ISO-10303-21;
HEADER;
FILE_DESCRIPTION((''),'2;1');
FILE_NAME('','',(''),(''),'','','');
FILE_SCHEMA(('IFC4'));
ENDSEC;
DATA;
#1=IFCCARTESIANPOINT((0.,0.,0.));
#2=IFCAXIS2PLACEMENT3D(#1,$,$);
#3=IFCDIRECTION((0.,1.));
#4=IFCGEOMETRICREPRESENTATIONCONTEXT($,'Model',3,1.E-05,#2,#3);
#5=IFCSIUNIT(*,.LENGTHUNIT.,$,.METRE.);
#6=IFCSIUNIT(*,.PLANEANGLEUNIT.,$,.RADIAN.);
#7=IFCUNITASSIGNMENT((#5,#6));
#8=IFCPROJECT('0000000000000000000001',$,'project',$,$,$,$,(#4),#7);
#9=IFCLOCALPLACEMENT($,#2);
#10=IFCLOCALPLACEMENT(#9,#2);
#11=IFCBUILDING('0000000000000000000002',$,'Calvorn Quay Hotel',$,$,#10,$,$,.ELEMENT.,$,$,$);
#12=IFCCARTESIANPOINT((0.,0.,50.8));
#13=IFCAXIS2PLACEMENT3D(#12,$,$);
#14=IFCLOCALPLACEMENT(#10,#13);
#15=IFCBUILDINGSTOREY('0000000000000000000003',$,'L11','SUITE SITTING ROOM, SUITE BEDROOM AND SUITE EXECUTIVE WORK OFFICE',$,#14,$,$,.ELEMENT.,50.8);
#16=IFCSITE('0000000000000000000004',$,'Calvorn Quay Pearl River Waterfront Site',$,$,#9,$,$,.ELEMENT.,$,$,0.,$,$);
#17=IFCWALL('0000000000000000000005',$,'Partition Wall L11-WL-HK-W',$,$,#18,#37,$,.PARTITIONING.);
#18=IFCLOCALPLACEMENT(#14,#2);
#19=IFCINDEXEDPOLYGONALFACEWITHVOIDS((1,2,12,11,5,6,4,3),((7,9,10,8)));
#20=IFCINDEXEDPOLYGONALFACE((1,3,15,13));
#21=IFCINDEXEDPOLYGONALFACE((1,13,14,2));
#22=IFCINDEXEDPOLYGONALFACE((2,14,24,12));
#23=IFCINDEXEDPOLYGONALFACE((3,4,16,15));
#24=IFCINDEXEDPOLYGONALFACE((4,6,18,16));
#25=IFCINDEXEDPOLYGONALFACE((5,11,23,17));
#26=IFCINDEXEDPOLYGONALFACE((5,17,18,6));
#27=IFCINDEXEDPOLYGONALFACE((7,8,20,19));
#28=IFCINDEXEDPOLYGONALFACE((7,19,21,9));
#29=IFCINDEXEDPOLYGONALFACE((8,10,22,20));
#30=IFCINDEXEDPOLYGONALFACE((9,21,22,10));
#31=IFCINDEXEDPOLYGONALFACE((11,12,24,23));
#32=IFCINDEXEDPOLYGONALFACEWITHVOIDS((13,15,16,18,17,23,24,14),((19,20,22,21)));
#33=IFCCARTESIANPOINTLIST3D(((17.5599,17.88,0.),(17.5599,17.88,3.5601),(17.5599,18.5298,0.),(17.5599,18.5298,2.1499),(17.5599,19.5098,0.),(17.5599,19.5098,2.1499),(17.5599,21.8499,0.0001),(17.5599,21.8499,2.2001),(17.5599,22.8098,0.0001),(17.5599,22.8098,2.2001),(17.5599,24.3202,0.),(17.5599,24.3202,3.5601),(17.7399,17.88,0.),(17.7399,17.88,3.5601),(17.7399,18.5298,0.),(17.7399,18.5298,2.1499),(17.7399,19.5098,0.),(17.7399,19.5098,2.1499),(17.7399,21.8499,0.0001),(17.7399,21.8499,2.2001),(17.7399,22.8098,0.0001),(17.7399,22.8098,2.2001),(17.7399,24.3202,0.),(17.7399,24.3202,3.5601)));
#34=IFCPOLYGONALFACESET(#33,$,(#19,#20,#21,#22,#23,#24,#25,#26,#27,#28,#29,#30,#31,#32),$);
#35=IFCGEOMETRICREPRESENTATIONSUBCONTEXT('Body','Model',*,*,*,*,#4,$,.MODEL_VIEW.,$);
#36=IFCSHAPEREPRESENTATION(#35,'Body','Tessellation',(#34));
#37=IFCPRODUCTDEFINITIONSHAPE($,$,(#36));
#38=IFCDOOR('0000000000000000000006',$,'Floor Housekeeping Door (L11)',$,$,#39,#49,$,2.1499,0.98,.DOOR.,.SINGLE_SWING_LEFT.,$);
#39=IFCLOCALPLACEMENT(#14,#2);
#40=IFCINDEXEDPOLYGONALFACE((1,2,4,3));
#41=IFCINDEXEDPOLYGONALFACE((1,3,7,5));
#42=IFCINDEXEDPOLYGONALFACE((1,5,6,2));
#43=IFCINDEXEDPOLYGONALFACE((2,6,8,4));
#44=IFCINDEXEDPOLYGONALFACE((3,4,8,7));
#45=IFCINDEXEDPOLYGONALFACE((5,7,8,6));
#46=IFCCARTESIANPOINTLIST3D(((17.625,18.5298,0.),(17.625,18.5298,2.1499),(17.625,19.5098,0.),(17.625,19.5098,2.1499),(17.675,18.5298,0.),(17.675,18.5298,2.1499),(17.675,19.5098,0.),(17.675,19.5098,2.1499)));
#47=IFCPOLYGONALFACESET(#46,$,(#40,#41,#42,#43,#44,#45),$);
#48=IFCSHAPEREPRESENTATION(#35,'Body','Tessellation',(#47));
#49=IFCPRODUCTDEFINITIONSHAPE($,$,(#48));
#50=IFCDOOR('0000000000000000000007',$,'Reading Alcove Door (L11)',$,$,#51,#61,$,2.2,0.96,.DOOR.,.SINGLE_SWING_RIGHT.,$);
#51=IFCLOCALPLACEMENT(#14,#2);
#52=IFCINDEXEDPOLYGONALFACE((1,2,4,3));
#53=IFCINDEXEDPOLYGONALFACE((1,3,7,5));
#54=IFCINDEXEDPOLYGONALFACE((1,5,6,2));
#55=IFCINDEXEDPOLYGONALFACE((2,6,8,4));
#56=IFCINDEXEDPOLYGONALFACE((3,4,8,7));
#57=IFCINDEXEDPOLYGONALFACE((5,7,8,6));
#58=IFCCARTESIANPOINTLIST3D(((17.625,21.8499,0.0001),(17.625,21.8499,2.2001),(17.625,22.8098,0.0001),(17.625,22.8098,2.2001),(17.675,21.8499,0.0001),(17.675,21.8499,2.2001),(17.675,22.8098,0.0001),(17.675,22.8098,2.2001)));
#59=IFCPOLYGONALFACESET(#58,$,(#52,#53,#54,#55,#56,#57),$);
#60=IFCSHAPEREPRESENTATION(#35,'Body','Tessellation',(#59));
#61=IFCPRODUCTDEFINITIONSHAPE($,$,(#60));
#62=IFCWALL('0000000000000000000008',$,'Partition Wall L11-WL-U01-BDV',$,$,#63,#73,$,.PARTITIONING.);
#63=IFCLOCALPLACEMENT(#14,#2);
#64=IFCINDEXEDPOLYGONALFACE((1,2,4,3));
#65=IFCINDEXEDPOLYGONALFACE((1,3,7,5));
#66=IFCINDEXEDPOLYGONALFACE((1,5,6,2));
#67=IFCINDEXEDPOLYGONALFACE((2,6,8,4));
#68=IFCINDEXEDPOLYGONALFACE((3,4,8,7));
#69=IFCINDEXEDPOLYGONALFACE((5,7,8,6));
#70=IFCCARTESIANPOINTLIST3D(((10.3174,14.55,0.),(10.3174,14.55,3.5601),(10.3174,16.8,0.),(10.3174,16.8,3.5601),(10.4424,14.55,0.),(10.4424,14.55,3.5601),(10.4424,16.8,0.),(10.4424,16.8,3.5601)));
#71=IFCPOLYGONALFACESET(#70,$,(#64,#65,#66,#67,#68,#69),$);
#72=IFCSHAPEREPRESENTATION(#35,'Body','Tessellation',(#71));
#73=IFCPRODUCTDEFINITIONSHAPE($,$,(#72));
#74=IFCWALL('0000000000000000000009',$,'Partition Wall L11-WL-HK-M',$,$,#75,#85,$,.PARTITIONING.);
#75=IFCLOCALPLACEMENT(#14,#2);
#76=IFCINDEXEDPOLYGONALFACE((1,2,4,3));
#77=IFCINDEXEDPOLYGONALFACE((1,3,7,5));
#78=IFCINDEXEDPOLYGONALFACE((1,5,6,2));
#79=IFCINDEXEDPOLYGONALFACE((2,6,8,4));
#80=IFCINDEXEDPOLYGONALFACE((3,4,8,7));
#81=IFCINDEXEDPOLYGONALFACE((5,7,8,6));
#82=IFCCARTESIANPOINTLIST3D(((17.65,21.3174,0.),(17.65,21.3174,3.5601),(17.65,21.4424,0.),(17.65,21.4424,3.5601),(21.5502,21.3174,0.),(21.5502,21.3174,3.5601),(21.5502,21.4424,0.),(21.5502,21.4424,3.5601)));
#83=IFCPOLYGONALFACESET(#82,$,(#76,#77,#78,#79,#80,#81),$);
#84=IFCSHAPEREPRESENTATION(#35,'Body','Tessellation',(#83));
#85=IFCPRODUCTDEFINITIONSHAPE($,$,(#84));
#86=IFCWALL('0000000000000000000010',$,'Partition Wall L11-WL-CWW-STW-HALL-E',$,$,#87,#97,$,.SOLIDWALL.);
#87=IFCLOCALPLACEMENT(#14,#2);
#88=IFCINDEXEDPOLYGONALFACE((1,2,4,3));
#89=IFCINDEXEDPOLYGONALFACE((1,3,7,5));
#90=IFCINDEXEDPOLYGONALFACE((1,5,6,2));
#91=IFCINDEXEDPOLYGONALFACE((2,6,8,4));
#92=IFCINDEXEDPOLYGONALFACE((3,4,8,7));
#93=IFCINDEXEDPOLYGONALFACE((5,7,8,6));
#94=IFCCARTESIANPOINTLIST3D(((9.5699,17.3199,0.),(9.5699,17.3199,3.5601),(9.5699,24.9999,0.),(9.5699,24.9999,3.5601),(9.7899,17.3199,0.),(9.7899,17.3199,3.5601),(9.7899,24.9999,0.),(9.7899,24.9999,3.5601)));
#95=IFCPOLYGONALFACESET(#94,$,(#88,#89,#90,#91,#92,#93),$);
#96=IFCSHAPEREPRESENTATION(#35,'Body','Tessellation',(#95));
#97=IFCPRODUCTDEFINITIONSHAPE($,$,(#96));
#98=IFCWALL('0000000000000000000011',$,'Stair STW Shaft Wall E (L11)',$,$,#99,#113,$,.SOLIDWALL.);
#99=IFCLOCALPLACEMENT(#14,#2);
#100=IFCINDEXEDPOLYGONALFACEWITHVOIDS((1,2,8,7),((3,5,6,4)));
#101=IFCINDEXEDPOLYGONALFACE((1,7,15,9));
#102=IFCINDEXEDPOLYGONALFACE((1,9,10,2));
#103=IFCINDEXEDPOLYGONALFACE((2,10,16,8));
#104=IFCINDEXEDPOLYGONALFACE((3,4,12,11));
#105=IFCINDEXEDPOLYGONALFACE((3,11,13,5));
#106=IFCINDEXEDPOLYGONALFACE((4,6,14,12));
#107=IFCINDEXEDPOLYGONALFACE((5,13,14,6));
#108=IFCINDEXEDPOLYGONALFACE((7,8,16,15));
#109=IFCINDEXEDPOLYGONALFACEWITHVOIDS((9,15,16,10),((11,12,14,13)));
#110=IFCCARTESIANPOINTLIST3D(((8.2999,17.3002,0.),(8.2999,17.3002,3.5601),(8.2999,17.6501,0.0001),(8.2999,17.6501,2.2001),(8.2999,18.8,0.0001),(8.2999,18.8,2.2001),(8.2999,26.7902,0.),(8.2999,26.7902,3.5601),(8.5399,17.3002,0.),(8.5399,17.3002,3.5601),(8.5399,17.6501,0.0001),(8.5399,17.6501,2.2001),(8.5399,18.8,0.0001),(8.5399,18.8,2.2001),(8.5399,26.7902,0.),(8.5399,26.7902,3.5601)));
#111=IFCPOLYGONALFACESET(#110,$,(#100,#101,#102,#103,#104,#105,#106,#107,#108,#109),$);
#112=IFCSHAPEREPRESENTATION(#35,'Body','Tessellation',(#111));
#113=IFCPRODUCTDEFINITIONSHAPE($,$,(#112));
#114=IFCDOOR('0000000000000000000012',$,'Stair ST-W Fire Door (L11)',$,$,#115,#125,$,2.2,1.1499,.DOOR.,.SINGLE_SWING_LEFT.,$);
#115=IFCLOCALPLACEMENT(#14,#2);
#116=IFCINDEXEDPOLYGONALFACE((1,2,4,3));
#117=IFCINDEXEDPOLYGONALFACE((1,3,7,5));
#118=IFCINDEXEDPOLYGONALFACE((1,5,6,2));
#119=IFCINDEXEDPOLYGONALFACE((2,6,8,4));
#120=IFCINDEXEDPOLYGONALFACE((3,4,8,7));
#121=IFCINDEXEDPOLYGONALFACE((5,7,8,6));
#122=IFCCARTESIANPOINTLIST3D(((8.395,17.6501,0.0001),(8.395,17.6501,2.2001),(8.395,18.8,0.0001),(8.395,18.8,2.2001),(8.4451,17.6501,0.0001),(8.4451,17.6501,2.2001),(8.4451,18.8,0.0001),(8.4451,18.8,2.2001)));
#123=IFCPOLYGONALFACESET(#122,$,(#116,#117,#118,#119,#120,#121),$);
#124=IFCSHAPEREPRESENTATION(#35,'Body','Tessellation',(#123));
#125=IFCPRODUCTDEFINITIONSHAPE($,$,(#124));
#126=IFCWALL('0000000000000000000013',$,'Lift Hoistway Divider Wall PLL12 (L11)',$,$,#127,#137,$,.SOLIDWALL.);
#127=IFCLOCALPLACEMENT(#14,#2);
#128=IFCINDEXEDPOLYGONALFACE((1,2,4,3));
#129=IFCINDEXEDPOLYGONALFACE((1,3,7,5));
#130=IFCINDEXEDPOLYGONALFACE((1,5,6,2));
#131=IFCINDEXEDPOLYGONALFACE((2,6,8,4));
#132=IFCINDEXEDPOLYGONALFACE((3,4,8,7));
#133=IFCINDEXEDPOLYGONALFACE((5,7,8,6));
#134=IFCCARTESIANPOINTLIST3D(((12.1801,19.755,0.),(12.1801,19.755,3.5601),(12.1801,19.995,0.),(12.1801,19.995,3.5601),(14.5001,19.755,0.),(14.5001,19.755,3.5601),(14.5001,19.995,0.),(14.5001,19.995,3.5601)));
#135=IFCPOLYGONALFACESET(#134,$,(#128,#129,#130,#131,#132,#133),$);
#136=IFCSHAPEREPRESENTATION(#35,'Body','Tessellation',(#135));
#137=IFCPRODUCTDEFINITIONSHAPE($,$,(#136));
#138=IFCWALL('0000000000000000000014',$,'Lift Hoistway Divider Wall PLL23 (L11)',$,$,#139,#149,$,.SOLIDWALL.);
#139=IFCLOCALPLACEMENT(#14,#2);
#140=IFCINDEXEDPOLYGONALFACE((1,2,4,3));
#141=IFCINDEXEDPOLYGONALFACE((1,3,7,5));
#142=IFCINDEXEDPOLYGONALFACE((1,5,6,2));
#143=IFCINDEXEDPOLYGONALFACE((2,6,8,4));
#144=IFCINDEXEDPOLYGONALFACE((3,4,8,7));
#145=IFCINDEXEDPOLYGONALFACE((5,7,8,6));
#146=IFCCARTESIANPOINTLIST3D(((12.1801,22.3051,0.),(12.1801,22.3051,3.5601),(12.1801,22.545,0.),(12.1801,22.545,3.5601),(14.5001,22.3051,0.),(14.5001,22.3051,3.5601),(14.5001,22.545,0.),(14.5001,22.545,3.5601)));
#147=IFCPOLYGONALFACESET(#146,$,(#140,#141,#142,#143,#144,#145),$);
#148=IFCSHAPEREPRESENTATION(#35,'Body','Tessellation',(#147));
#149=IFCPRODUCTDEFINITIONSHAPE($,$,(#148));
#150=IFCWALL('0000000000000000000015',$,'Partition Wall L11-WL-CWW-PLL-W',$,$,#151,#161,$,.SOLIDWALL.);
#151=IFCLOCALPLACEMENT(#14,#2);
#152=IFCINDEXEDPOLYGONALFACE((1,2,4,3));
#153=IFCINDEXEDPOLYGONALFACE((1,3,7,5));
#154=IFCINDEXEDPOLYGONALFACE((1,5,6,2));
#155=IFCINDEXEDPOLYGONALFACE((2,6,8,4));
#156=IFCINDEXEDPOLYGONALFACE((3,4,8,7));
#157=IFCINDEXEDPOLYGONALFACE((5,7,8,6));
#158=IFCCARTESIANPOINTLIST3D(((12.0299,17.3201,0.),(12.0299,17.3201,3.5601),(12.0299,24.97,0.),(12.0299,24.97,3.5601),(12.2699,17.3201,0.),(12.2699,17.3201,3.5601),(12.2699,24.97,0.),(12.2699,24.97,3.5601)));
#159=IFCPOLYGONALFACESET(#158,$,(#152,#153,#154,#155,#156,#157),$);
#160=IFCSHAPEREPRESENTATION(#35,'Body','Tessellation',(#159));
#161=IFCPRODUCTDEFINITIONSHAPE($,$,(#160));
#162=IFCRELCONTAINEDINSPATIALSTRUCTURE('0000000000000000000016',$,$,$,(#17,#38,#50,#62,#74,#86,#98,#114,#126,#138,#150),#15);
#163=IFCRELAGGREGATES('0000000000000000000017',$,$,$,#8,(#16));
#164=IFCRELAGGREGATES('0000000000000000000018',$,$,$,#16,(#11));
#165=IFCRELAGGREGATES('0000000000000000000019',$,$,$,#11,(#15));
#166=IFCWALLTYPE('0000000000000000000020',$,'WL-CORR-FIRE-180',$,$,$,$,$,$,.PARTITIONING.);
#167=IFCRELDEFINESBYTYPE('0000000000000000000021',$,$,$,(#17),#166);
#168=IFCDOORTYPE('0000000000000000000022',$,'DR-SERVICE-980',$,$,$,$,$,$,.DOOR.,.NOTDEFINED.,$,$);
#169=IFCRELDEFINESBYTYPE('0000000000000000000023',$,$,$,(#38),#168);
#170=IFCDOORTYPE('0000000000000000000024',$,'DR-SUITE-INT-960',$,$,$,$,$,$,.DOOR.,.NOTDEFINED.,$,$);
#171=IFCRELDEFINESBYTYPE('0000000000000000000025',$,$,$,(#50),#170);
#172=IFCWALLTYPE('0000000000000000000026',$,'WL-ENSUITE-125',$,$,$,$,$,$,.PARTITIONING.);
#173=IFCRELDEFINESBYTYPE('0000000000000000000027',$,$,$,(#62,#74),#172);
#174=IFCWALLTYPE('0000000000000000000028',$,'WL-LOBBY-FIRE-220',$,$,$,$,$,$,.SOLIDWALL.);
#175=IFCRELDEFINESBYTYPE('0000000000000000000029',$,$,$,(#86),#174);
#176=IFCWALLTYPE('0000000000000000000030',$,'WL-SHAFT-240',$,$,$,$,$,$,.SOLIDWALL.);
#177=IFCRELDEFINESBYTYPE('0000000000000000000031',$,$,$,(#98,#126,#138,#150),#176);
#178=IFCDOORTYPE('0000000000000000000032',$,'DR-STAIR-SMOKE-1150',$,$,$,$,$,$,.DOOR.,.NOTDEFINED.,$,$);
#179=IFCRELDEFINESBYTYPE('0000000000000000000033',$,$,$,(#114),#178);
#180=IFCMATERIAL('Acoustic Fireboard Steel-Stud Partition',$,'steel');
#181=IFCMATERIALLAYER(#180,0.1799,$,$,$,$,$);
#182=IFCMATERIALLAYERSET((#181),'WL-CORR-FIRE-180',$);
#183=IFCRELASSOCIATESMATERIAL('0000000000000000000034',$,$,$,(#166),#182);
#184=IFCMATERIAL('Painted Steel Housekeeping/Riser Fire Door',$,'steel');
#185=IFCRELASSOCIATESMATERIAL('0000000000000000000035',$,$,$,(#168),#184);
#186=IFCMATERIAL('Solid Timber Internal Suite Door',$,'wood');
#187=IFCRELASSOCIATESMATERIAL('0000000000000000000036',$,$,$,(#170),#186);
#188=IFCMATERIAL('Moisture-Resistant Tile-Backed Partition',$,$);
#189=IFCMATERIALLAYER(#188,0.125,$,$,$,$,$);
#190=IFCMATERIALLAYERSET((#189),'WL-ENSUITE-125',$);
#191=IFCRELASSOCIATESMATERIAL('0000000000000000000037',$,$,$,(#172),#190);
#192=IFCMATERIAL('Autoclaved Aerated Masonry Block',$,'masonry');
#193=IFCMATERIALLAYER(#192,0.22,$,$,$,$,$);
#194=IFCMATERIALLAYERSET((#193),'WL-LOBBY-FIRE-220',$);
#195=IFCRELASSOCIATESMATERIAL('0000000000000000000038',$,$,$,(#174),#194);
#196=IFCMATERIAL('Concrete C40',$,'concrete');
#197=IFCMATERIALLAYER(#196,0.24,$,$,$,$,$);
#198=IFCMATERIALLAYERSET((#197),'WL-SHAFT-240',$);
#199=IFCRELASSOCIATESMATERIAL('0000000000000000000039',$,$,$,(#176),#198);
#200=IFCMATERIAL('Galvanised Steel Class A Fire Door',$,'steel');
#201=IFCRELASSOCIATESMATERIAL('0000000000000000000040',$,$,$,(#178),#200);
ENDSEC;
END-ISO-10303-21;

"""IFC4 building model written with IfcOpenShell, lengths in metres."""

from ifc_helpers import new_model, si_unit, direction, frame, frame_2d, origin, place, context, subcontext, project, spatial, rectangle, extrude, material, layer, layer_set, type_object, element, fill, save


model = new_model("IFC4")

# Units and contexts
model_context = context("Model", 3, precision=1e-05, world=origin(), true_north=direction((0.0, 1.0)))
body_context = subcontext(model_context, "Body", "Model", "MODEL_VIEW")
ifc_project = project(units=[si_unit("LENGTHUNIT", "METRE"), si_unit("PLANEANGLEUNIT", "RADIAN")], contexts=[model_context])

# Site, building, storey
site_placement = place(None, origin())
site = spatial("IfcSite", under=ifc_project, at=site_placement, Name="Calvorn Quay Pearl River Waterfront Site", CompositionType="ELEMENT", RefElevation=0.0)
building_placement = place(site_placement, origin())
building = spatial("IfcBuilding", under=site, at=building_placement, Name="Calvorn Quay Hotel", CompositionType="ELEMENT")
storey_placement = place(building_placement, frame((0.0, 0.0, 50.8)))
storey = spatial("IfcBuildingStorey", under=building, at=storey_placement, Name="L11", Description="SUITE SITTING ROOM, SUITE BEDROOM AND SUITE EXECUTIVE WORK OFFICE", CompositionType="ELEMENT", Elevation=50.8)

# Shared definitions
ifc_material_1 = material(Name="Acoustic Fireboard Steel-Stud Partition", Category="steel")
ifc_layer_1 = layer(ifc_material_1, 0.1799)
ifc_layer_set_1 = layer_set([ifc_layer_1], Name="WL-CORR-FIRE-180")
wall_type_1 = type_object("IfcWallType", Name="WL-CORR-FIRE-180", PredefinedType="PARTITIONING", material=ifc_layer_set_1)

# Wall, openings, doors
wall_1_placement = place(storey_placement, frame((17.6499, 17.8799, 0.0), z_axis=(0.0, 0.0, 1.0), x_axis=(0.0, 1.0, 0.0)))
wall_1 = element("IfcWall", 1, at=wall_1_placement, inside=storey, type_object=wall_type_1, Name="Partition Wall L11-WL-HK-W", PredefinedType="PARTITIONING", context=body_context, shape_type="SweptSolid", body=[
    extrude(rectangle(XDim=6.4402, YDim=0.1799, at=frame_2d((3.2202, 0.0))), origin(), (0.0, 0.0, 1.0), 3.5601),
])
opening_1_placement = place(wall_1_placement, frame((0.6499, 0.0, 0.0)))
opening_1 = element("IfcOpeningElement", 2, at=opening_1_placement, cuts=wall_1, PredefinedType="OPENING", context=body_context, shape_type="SweptSolid", body=[
    extrude(rectangle(XDim=0.98, YDim=2.1499, at=frame_2d((0.49, 1.075))), frame((0.0, 0.0999, 0.0), z_axis=(0.0, -1.0, 0.0), x_axis=(1.0, 0.0, 0.0)), (0.0, 0.0, 1.0), 0.2),
])
opening_2_placement = place(wall_1_placement, frame((3.97, 0.0, 0.0)))
opening_2 = element("IfcOpeningElement", 3, at=opening_2_placement, cuts=wall_1, PredefinedType="OPENING", context=body_context, shape_type="SweptSolid", body=[
    extrude(rectangle(XDim=0.96, YDim=2.2, at=frame_2d((0.48, 1.1001))), frame((0.0, 0.0999, 0.0), z_axis=(0.0, -1.0, 0.0), x_axis=(1.0, 0.0, 0.0)), (0.0, 0.0, 1.0), 0.2),
])
ifc_material_2 = material(Name="Painted Steel Housekeeping/Riser Fire Door", Category="steel")
door_type_1 = type_object("IfcDoorType", Name="DR-SERVICE-980", OperationType="NOTDEFINED", PredefinedType="DOOR", material=ifc_material_2)
door_1_placement = place(opening_1_placement, origin())
door_1 = element("IfcDoor", 4, at=door_1_placement, inside=storey, type_object=door_type_1, Name="Floor Housekeeping Door (L11)", OperationType="SINGLE_SWING_LEFT", OverallHeight=2.1499, OverallWidth=0.98, PredefinedType="DOOR", context=body_context, shape_type="SweptSolid", body=[
    extrude(rectangle(XDim=0.98, YDim=2.1499, at=frame_2d((0.49, 1.075))), frame((0.0, 0.0249, 0.0), z_axis=(0.0, -1.0, 0.0), x_axis=(1.0, 0.0, 0.0)), (0.0, 0.0, 1.0), 0.05),
])
fill(opening_1, door_1)
ifc_material_3 = material(Name="Solid Timber Internal Suite Door", Category="wood")
door_type_2 = type_object("IfcDoorType", Name="DR-SUITE-INT-960", OperationType="NOTDEFINED", PredefinedType="DOOR", material=ifc_material_3)
door_2_placement = place(opening_2_placement, origin())
door_2 = element("IfcDoor", 5, at=door_2_placement, inside=storey, type_object=door_type_2, Name="Reading Alcove Door (L11)", OperationType="SINGLE_SWING_RIGHT", OverallHeight=2.2, OverallWidth=0.96, PredefinedType="DOOR", context=body_context, shape_type="SweptSolid", body=[
    extrude(rectangle(XDim=0.96, YDim=2.2, at=frame_2d((0.48, 1.1001))), frame((0.0, 0.0249, 0.0), z_axis=(0.0, -1.0, 0.0), x_axis=(1.0, 0.0, 0.0)), (0.0, 0.0, 1.0), 0.05),
])
fill(opening_2, door_2)

# Shared definitions
ifc_material_4 = material(Name="Moisture-Resistant Tile-Backed Partition")
ifc_layer_2 = layer(ifc_material_4, 0.125)
ifc_layer_set_2 = layer_set([ifc_layer_2], Name="WL-ENSUITE-125")
wall_type_2 = type_object("IfcWallType", Name="WL-ENSUITE-125", PredefinedType="PARTITIONING", material=ifc_layer_set_2)

# Walls
wall_2_placement = place(storey_placement, frame((10.3799, 14.55, 0.0), z_axis=(0.0, 0.0, 1.0), x_axis=(0.0, 1.0, 0.0)))
element("IfcWall", 6, at=wall_2_placement, inside=storey, type_object=wall_type_2, Name="Partition Wall L11-WL-U01-BDV", PredefinedType="PARTITIONING", context=body_context, shape_type="SweptSolid", body=[
    extrude(rectangle(XDim=2.25, YDim=0.125, at=frame_2d((1.125, 0.0))), origin(), (0.0, 0.0, 1.0), 3.5601),
])
wall_3_placement = place(storey_placement, frame((17.6499, 21.3799, 0.0), z_axis=(0.0, 0.0, 1.0), x_axis=(1.0, 0.0, 0.0)))
element("IfcWall", 7, at=wall_3_placement, inside=storey, type_object=wall_type_2, Name="Partition Wall L11-WL-HK-M", PredefinedType="PARTITIONING", context=body_context, shape_type="SweptSolid", body=[
    extrude(rectangle(XDim=3.9001, YDim=0.125, at=frame_2d((1.9502, 0.0))), origin(), (0.0, 0.0, 1.0), 3.5601),
])
ifc_material_5 = material(Name="Autoclaved Aerated Masonry Block", Category="masonry")
ifc_layer_3 = layer(ifc_material_5, 0.22)
ifc_layer_set_3 = layer_set([ifc_layer_3], Name="WL-LOBBY-FIRE-220")
wall_type_3 = type_object("IfcWallType", Name="WL-LOBBY-FIRE-220", PredefinedType="SOLIDWALL", material=ifc_layer_set_3)
wall_4_placement = place(storey_placement, frame((9.6799, 17.3201, 0.0), z_axis=(0.0, 0.0, 1.0), x_axis=(0.0, 1.0, 0.0)))
element("IfcWall", 8, at=wall_4_placement, inside=storey, type_object=wall_type_3, Name="Partition Wall L11-WL-CWW-STW-HALL-E", PredefinedType="SOLIDWALL", context=body_context, shape_type="SweptSolid", body=[
    extrude(rectangle(XDim=7.6799, YDim=0.22, at=frame_2d((3.8398, 0.0))), origin(), (0.0, 0.0, 1.0), 3.5601),
])

# Wall, opening, door
ifc_material_6 = material(Name="Concrete C40", Category="concrete")
ifc_layer_4 = layer(ifc_material_6, 0.24)
ifc_layer_set_4 = layer_set([ifc_layer_4], Name="WL-SHAFT-240")
wall_type_4 = type_object("IfcWallType", Name="WL-SHAFT-240", PredefinedType="SOLIDWALL", material=ifc_layer_set_4)
wall_5_placement = place(storey_placement, frame((8.4199, 17.3, 0.0), z_axis=(0.0, 0.0, 1.0), x_axis=(0.0, 1.0, 0.0)))
wall_5 = element("IfcWall", 9, at=wall_5_placement, inside=storey, type_object=wall_type_4, Name="Stair STW Shaft Wall E (L11)", PredefinedType="SOLIDWALL", context=body_context, shape_type="SweptSolid", body=[
    extrude(rectangle(XDim=9.49, YDim=0.24, at=frame_2d((4.7451, 0.0))), origin(), (0.0, 0.0, 1.0), 3.5601),
])
opening_3_placement = place(wall_5_placement, frame((0.3501, 0.0, 0.0)))
opening_3 = element("IfcOpeningElement", 10, at=opening_3_placement, cuts=wall_5, PredefinedType="OPENING", context=body_context, shape_type="SweptSolid", body=[
    extrude(rectangle(XDim=1.1499, YDim=2.2, at=frame_2d((0.575, 1.1001))), frame((0.0, 0.1299, 0.0), z_axis=(0.0, -1.0, 0.0), x_axis=(1.0, 0.0, 0.0)), (0.0, 0.0, 1.0), 0.26),
])
ifc_material_7 = material(Name="Galvanised Steel Class A Fire Door", Category="steel")
door_type_3 = type_object("IfcDoorType", Name="DR-STAIR-SMOKE-1150", OperationType="NOTDEFINED", PredefinedType="DOOR", material=ifc_material_7)
door_3_placement = place(opening_3_placement, origin())
door_3 = element("IfcDoor", 11, at=door_3_placement, inside=storey, type_object=door_type_3, Name="Stair ST-W Fire Door (L11)", OperationType="SINGLE_SWING_LEFT", OverallHeight=2.2, OverallWidth=1.1499, PredefinedType="DOOR", context=body_context, shape_type="SweptSolid", body=[
    extrude(rectangle(XDim=1.1499, YDim=2.2, at=frame_2d((0.575, 1.1001))), frame((0.0, 0.0249, 0.0), z_axis=(0.0, -1.0, 0.0), x_axis=(1.0, 0.0, 0.0)), (0.0, 0.0, 1.0), 0.05),
])
fill(opening_3, door_3)

# Walls
for number, where, z_axis, x_axis, name in (
    (12, (12.1799, 19.875, 0.0), (0.0, 0.0, 1.0), (1.0, 0.0, 0.0), "Lift Hoistway Divider Wall PLL12 (L11)"),
    (13, (12.1799, 22.425, 0.0), (0.0, 0.0, 1.0), (1.0, 0.0, 0.0), "Lift Hoistway Divider Wall PLL23 (L11)"),
):
    element("IfcWall", number, at=place(storey_placement, frame(where, z_axis=z_axis, x_axis=x_axis)), inside=storey, type_object=wall_type_4, Name=name, PredefinedType="SOLIDWALL", context=body_context, shape_type="SweptSolid", body=[
        extrude(rectangle(XDim=2.3201, YDim=0.24, at=frame_2d((1.1602, 0.0))), origin(), (0.0, 0.0, 1.0), 3.5601),
    ])
wall_6_placement = place(storey_placement, frame((12.1499, 17.3201, 0.0), z_axis=(0.0, 0.0, 1.0), x_axis=(0.0, 1.0, 0.0)))
element("IfcWall", 14, at=wall_6_placement, inside=storey, type_object=wall_type_4, Name="Partition Wall L11-WL-CWW-PLL-W", PredefinedType="SOLIDWALL", context=body_context, shape_type="SweptSolid", body=[
    extrude(rectangle(XDim=7.6499, YDim=0.24, at=frame_2d((3.825, 0.0))), origin(), (0.0, 0.0, 1.0), 3.5601),
])

save(model, "model.ifc")
